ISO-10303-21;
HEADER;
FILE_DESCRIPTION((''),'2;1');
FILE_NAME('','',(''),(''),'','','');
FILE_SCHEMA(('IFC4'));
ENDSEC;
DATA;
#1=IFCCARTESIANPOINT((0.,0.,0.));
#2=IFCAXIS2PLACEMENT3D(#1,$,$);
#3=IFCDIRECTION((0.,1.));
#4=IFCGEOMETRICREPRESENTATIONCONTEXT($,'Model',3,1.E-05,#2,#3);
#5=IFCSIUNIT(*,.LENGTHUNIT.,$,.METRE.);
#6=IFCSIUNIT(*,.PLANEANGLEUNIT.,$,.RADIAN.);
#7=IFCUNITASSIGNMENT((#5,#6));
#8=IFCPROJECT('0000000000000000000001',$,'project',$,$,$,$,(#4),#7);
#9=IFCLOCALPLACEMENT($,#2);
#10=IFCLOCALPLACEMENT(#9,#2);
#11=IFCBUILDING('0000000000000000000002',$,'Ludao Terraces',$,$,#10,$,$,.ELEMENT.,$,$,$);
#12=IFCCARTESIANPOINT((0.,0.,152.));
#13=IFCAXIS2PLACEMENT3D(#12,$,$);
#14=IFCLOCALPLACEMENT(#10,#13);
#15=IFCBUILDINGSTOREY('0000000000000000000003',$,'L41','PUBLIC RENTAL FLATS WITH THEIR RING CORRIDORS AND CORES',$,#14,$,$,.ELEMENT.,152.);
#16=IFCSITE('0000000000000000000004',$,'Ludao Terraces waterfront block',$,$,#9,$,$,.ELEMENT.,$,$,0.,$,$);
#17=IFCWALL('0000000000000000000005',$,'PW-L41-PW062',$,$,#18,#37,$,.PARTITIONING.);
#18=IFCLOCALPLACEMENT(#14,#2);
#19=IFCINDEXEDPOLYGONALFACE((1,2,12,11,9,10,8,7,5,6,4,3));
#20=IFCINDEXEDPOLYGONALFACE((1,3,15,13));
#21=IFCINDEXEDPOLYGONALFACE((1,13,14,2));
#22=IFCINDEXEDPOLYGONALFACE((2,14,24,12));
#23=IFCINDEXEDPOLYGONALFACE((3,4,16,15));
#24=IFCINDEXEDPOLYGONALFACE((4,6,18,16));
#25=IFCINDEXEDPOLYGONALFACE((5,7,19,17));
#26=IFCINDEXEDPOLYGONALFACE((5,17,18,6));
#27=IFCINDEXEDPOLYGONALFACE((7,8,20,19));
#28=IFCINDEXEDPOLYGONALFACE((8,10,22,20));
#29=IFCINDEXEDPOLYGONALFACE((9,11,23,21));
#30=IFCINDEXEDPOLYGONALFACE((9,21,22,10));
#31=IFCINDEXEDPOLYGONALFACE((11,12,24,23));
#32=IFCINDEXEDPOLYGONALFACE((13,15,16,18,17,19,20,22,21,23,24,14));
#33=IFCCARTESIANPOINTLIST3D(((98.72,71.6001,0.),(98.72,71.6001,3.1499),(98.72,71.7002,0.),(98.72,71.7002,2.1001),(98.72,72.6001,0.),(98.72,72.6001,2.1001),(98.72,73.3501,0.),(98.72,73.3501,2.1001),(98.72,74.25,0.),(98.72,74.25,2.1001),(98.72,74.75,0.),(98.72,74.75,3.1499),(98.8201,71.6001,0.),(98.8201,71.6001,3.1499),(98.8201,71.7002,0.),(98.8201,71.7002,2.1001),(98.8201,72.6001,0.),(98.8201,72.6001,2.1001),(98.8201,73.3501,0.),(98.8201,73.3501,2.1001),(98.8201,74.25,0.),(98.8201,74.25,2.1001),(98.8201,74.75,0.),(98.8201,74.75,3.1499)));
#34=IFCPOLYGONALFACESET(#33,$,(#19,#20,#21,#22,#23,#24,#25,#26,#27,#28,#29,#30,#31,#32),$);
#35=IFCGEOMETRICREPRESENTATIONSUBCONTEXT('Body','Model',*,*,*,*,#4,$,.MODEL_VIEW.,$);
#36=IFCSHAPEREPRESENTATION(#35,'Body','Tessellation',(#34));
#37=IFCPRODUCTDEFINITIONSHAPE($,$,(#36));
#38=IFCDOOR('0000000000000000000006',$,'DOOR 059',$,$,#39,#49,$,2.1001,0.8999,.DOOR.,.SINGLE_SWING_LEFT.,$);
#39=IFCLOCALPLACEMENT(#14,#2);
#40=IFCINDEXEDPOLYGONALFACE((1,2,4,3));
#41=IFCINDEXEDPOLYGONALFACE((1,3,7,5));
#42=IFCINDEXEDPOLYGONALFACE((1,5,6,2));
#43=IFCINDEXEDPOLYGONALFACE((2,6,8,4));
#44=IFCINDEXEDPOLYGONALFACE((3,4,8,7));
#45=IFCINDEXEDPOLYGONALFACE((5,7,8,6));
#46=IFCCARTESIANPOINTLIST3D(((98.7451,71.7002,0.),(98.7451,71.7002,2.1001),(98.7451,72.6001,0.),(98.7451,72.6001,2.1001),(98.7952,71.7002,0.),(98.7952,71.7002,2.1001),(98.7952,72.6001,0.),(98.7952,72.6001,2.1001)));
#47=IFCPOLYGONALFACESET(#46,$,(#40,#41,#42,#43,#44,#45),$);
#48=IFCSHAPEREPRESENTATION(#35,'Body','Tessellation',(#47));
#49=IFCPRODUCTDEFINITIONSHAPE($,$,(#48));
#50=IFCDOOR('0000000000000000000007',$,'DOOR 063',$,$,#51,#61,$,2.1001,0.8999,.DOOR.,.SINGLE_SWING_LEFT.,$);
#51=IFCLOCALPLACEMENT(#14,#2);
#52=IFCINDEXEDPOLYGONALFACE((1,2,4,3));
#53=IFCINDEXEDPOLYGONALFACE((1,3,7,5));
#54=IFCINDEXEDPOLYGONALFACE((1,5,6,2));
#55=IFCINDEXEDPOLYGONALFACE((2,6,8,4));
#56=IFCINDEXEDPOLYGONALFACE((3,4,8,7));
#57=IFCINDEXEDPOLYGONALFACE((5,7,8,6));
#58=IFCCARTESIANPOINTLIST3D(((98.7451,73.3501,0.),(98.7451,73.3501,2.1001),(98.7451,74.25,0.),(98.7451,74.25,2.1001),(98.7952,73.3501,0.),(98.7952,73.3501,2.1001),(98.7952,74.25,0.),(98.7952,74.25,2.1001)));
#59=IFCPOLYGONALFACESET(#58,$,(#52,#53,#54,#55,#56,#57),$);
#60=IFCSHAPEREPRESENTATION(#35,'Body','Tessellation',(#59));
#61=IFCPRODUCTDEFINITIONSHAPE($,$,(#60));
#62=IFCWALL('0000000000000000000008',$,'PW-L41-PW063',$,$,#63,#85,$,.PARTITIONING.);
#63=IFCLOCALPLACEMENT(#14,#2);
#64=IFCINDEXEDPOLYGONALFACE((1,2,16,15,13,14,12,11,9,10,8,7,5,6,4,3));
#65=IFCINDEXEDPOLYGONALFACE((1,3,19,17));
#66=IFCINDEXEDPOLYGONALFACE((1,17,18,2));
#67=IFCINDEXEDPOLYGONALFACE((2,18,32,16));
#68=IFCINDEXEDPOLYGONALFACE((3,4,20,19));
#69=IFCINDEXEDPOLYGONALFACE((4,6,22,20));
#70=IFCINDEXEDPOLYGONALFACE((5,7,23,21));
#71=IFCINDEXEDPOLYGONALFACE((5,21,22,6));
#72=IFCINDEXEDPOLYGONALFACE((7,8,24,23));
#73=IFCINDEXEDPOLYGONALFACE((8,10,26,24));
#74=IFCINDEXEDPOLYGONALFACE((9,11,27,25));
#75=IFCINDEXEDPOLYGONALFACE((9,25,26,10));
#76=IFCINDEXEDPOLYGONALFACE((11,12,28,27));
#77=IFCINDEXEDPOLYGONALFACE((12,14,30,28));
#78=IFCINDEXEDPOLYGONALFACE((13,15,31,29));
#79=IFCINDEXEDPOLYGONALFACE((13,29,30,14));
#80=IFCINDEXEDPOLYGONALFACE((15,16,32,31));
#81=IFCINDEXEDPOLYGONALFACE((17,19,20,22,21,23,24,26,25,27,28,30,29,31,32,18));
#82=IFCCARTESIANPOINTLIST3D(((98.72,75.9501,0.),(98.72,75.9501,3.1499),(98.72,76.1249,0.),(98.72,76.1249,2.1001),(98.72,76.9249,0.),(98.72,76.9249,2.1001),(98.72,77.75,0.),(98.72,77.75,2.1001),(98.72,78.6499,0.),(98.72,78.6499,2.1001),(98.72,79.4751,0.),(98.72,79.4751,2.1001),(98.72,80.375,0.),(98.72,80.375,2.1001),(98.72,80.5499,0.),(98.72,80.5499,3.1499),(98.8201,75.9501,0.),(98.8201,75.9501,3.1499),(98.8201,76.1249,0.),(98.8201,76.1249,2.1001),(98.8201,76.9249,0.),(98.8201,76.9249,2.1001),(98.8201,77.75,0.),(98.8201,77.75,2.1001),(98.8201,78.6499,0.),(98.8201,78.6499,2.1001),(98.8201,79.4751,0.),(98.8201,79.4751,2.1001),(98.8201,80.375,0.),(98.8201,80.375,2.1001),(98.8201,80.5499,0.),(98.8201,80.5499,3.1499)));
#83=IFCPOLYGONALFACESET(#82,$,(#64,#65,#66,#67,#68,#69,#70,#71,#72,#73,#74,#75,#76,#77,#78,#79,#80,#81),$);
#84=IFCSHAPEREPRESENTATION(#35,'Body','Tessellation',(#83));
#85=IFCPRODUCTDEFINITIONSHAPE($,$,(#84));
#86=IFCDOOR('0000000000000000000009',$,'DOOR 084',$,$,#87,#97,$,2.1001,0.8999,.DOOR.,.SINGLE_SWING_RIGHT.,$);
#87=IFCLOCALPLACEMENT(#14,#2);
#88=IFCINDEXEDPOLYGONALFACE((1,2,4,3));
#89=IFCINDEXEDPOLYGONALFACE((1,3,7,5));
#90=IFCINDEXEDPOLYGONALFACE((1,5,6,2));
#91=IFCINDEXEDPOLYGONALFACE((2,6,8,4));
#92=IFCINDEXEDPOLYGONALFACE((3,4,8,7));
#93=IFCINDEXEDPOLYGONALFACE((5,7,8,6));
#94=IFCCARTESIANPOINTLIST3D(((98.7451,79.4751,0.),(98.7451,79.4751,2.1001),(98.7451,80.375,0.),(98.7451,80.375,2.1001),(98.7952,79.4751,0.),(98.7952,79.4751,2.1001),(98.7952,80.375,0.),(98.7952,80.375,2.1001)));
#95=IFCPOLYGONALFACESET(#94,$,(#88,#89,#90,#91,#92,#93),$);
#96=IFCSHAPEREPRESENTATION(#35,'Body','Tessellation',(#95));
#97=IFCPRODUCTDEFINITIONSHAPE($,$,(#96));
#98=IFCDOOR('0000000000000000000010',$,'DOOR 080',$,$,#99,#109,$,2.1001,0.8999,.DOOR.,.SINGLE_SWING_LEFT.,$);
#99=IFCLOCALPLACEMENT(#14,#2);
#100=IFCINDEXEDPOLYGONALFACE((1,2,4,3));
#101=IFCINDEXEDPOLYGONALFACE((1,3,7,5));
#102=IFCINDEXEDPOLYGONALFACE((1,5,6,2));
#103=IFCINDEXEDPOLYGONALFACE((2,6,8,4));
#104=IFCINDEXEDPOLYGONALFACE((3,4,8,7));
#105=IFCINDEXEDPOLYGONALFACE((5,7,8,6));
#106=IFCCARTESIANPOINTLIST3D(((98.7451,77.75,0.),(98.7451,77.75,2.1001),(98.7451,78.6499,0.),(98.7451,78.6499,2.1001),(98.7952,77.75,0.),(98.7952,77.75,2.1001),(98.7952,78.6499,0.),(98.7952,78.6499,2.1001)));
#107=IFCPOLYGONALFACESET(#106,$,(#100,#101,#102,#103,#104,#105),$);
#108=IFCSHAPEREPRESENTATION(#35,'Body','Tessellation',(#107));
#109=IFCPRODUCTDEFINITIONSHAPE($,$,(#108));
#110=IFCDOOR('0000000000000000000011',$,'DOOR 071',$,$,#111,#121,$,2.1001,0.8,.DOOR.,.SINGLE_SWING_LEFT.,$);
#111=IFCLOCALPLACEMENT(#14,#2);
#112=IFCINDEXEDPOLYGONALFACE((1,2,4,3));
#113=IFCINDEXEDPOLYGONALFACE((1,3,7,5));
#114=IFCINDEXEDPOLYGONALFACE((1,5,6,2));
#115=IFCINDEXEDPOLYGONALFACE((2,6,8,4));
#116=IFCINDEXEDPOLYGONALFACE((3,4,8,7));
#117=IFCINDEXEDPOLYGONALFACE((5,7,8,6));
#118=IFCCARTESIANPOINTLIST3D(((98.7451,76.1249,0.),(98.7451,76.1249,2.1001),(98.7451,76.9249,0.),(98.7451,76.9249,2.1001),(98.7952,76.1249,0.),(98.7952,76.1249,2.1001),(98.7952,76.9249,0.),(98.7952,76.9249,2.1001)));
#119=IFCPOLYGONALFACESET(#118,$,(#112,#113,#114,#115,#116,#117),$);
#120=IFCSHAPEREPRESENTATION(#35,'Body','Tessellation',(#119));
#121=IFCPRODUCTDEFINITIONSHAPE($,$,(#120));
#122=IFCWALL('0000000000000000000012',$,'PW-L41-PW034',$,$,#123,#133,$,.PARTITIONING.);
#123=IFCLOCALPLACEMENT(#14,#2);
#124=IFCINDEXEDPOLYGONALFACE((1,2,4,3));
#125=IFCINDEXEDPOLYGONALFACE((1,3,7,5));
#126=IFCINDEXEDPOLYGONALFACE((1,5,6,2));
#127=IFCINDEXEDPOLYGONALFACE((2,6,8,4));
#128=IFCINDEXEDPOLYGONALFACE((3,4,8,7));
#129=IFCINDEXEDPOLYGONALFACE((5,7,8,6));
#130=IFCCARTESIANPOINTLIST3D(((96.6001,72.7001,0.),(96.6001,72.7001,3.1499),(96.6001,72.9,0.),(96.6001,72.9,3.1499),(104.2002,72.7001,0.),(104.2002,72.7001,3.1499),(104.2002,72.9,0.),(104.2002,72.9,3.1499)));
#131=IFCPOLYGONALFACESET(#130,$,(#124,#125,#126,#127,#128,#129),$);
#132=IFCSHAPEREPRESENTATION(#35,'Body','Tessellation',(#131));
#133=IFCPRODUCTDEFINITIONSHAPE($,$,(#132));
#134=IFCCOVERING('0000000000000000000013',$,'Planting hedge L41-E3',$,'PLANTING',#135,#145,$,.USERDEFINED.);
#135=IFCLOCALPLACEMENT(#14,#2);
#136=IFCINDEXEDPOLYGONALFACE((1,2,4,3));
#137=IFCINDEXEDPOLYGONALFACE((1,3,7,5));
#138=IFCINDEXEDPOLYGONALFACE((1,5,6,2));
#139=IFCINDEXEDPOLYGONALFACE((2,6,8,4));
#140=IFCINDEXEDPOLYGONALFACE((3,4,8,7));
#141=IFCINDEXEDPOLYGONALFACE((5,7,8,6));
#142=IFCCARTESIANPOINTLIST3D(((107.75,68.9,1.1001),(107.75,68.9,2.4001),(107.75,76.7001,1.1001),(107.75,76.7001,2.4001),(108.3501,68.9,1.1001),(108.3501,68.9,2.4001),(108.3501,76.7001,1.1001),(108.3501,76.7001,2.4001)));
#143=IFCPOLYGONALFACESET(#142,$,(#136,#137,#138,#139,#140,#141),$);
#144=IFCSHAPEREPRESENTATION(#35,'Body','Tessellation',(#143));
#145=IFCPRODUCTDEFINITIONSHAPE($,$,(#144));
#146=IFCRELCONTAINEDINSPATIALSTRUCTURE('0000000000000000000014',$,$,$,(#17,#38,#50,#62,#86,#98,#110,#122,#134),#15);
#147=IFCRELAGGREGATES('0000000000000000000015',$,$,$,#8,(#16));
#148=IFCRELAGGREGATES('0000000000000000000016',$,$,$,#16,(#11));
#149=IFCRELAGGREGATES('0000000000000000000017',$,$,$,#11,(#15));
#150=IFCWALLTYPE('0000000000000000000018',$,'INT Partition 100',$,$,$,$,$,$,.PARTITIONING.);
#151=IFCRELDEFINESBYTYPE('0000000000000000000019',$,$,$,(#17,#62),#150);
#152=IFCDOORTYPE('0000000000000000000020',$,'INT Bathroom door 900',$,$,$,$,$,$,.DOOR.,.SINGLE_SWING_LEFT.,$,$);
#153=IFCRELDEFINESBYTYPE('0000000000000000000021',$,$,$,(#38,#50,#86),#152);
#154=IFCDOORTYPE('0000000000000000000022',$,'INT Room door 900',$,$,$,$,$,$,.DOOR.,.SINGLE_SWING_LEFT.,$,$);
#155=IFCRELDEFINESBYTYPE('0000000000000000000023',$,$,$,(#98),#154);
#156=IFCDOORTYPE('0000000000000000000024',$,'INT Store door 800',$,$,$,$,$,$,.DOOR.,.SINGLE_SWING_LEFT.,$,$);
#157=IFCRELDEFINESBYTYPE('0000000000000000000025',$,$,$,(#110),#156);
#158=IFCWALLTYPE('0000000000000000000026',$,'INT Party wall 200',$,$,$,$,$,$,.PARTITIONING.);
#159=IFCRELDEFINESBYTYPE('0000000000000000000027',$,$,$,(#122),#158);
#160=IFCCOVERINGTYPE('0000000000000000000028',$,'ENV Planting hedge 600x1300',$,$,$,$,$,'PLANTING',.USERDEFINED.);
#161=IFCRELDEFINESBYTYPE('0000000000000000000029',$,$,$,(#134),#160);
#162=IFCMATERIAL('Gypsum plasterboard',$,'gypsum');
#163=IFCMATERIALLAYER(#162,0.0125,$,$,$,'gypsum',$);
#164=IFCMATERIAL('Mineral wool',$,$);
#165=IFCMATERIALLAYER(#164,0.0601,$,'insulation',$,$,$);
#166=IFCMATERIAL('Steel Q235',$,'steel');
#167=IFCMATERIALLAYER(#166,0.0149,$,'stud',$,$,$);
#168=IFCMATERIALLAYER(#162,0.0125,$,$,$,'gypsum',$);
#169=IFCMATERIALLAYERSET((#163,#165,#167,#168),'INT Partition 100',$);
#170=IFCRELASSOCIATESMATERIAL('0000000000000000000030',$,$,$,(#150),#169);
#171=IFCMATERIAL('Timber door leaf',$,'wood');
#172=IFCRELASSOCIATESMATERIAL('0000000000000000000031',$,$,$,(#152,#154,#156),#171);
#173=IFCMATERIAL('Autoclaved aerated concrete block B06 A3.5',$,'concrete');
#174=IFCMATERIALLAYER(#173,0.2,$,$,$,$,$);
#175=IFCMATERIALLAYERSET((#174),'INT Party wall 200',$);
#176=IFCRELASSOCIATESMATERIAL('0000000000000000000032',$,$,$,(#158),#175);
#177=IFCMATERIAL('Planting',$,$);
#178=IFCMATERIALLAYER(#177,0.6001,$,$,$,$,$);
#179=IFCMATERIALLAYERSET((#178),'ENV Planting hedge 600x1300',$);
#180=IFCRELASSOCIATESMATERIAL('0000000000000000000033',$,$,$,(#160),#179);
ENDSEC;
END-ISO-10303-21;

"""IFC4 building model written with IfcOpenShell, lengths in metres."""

from ifc_helpers import new_model, si_unit, direction, frame, frame_2d, origin, origin_2d, place, context, subcontext, project, spatial, rectangle, extrude, material, layer, layer_set, type_object, element, fill, save


model = new_model("IFC4")

# Units and contexts
model_context = context("Model", 3, precision=1e-05, world=origin(), true_north=direction((0.0, 1.0)))
body_context = subcontext(model_context, "Body", "Model", "MODEL_VIEW")
ifc_project = project(units=[si_unit("LENGTHUNIT", "METRE"), si_unit("PLANEANGLEUNIT", "RADIAN")], contexts=[model_context])

# Site, building, storey
site_placement = place(None, origin())
site = spatial("IfcSite", under=ifc_project, at=site_placement, Name="Ludao Terraces waterfront block", CompositionType="ELEMENT", RefElevation=0.0)
building_placement = place(site_placement, origin())
building = spatial("IfcBuilding", under=site, at=building_placement, Name="Ludao Terraces", CompositionType="ELEMENT")
storey_placement = place(building_placement, frame((0.0, 0.0, 152.0)))
storey = spatial("IfcBuildingStorey", under=building, at=storey_placement, Name="L41", Description="PUBLIC RENTAL FLATS WITH THEIR RING CORRIDORS AND CORES", CompositionType="ELEMENT", Elevation=152.0)

# Shared definitions
ifc_material_1 = material(Name="Mineral wool")

# Shared definitions
ifc_material_2 = material(Name="Gypsum plasterboard", Category="gypsum")
ifc_layer_1 = layer(ifc_material_2, 0.0125, Category="gypsum")
ifc_layer_2 = layer(ifc_material_1, 0.0601, Name="insulation")
ifc_material_3 = material(Name="Steel Q235", Category="steel")
ifc_layer_3 = layer(ifc_material_3, 0.0149, Name="stud")
ifc_layer_4 = layer(ifc_material_2, 0.0125, Category="gypsum")
ifc_layer_set_1 = layer_set([ifc_layer_1, ifc_layer_2, ifc_layer_3, ifc_layer_4], Name="INT Partition 100")
wall_type_1 = type_object("IfcWallType", Name="INT Partition 100", PredefinedType="PARTITIONING", material=ifc_layer_set_1)

# Walls, openings, doors
wall_1_placement = place(storey_placement, frame((98.77, 71.6001, 0.0), z_axis=(0.0, 0.0, 1.0), x_axis=(0.0, 1.0, 0.0)))
wall_1 = element("IfcWall", 1, at=wall_1_placement, inside=storey, type_object=wall_type_1, Name="PW-L41-PW062", PredefinedType="PARTITIONING", context=body_context, shape_type="SweptSolid", body=[
    extrude(rectangle(XDim=3.1499, YDim=0.1001, at=frame_2d((1.575, 0.0))), origin(), (0.0, 0.0, 1.0), 3.1499),
])
opening_1_placement = place(wall_1_placement, frame((0.1001, 0.0, 0.0)))
opening_1 = element("IfcOpeningElement", 2, at=opening_1_placement, cuts=wall_1, PredefinedType="OPENING", context=body_context, shape_type="SweptSolid", body=[
    extrude(rectangle(XDim=0.8999, YDim=2.1001, at=frame_2d((0.45, 1.05))), frame((0.0, 0.0601, 0.0), z_axis=(0.0, -1.0, 0.0), x_axis=(1.0, 0.0, 0.0)), (0.0, 0.0, 1.0), 0.1201),
])
opening_2_placement = place(wall_1_placement, frame((1.75, 0.0, 0.0)))
opening_2 = element("IfcOpeningElement", 3, at=opening_2_placement, cuts=wall_1, PredefinedType="OPENING", context=body_context, shape_type="SweptSolid", body=[
    extrude(rectangle(XDim=0.8999, YDim=2.1001, at=frame_2d((0.45, 1.05))), frame((0.0, 0.0601, 0.0), z_axis=(0.0, -1.0, 0.0), x_axis=(1.0, 0.0, 0.0)), (0.0, 0.0, 1.0), 0.1201),
])
ifc_material_4 = material(Name="Timber door leaf", Category="wood")
door_type_1 = type_object("IfcDoorType", Name="INT Bathroom door 900", OperationType="SINGLE_SWING_LEFT", PredefinedType="DOOR", material=ifc_material_4)
door_1_placement = place(opening_1_placement, origin())
door_1 = element("IfcDoor", 4, at=door_1_placement, inside=storey, type_object=door_type_1, Name="DOOR 059", OperationType="SINGLE_SWING_LEFT", OverallHeight=2.1001, OverallWidth=0.8999, PredefinedType="DOOR", context=body_context, shape_type="SweptSolid", body=[
    extrude(rectangle(XDim=0.8999, YDim=2.1001, at=frame_2d((0.45, 1.05))), frame((0.0, 0.0249, 0.0), z_axis=(0.0, -1.0, 0.0), x_axis=(1.0, 0.0, 0.0)), (0.0, 0.0, 1.0), 0.05),
])
fill(opening_1, door_1)
door_2_placement = place(opening_2_placement, origin())
door_2 = element("IfcDoor", 5, at=door_2_placement, inside=storey, type_object=door_type_1, Name="DOOR 063", OperationType="SINGLE_SWING_LEFT", OverallHeight=2.1001, OverallWidth=0.8999, PredefinedType="DOOR", context=body_context, shape_type="SweptSolid", body=[
    extrude(rectangle(XDim=0.8999, YDim=2.1001, at=frame_2d((0.45, 1.05))), frame((0.0, 0.0249, 0.0), z_axis=(0.0, -1.0, 0.0), x_axis=(1.0, 0.0, 0.0)), (0.0, 0.0, 1.0), 0.05),
])
fill(opening_2, door_2)
wall_2_placement = place(storey_placement, frame((98.77, 75.9502, 0.0), z_axis=(0.0, 0.0, 1.0), x_axis=(0.0, 1.0, 0.0)))
wall_2 = element("IfcWall", 6, at=wall_2_placement, inside=storey, type_object=wall_type_1, Name="PW-L41-PW063", PredefinedType="PARTITIONING", context=body_context, shape_type="SweptSolid", body=[
    extrude(rectangle(XDim=4.5999, YDim=0.1001, at=frame_2d((2.2998, 0.0))), origin(), (0.0, 0.0, 1.0), 3.1499),
])
opening_3_placement = place(wall_2_placement, frame((0.1748, 0.0, 0.0)))
opening_3 = element("IfcOpeningElement", 7, at=opening_3_placement, cuts=wall_2, PredefinedType="OPENING", context=body_context, shape_type="SweptSolid", body=[
    extrude(rectangle(XDim=0.8, YDim=2.1001, at=frame_2d((0.3999, 1.05))), frame((0.0, 0.0601, 0.0), z_axis=(0.0, -1.0, 0.0), x_axis=(1.0, 0.0, 0.0)), (0.0, 0.0, 1.0), 0.1201),
])
opening_4_placement = place(wall_2_placement, frame((1.7998, 0.0, 0.0)))
opening_4 = element("IfcOpeningElement", 8, at=opening_4_placement, cuts=wall_2, PredefinedType="OPENING", context=body_context, shape_type="SweptSolid", body=[
    extrude(rectangle(XDim=0.8999, YDim=2.1001, at=frame_2d((0.45, 1.05))), frame((0.0, 0.0601, 0.0), z_axis=(0.0, -1.0, 0.0), x_axis=(1.0, 0.0, 0.0)), (0.0, 0.0, 1.0), 0.1201),
])
opening_5_placement = place(wall_2_placement, frame((3.5249, 0.0, 0.0)))
opening_5 = element("IfcOpeningElement", 9, at=opening_5_placement, cuts=wall_2, PredefinedType="OPENING", context=body_context, shape_type="SweptSolid", body=[
    extrude(rectangle(XDim=0.8999, YDim=2.1001, at=frame_2d((0.45, 1.05))), frame((0.0, 0.0601, 0.0), z_axis=(0.0, -1.0, 0.0), x_axis=(1.0, 0.0, 0.0)), (0.0, 0.0, 1.0), 0.1201),
])
door_3_placement = place(opening_5_placement, origin())
door_3 = element("IfcDoor", 10, at=door_3_placement, inside=storey, type_object=door_type_1, Name="DOOR 084", OperationType="SINGLE_SWING_RIGHT", OverallHeight=2.1001, OverallWidth=0.8999, PredefinedType="DOOR", context=body_context, shape_type="SweptSolid", body=[
    extrude(rectangle(XDim=0.8999, YDim=2.1001, at=frame_2d((0.45, 1.05))), frame((0.0, 0.0249, 0.0), z_axis=(0.0, -1.0, 0.0), x_axis=(1.0, 0.0, 0.0)), (0.0, 0.0, 1.0), 0.05),
])
fill(opening_5, door_3)
door_type_2 = type_object("IfcDoorType", Name="INT Room door 900", OperationType="SINGLE_SWING_LEFT", PredefinedType="DOOR", material=ifc_material_4)
door_4_placement = place(opening_4_placement, origin())
door_4 = element("IfcDoor", 11, at=door_4_placement, inside=storey, type_object=door_type_2, Name="DOOR 080", OperationType="SINGLE_SWING_LEFT", OverallHeight=2.1001, OverallWidth=0.8999, PredefinedType="DOOR", context=body_context, shape_type="SweptSolid", body=[
    extrude(rectangle(XDim=0.8999, YDim=2.1001, at=frame_2d((0.45, 1.05))), frame((0.0, 0.0249, 0.0), z_axis=(0.0, -1.0, 0.0), x_axis=(1.0, 0.0, 0.0)), (0.0, 0.0, 1.0), 0.05),
])
fill(opening_4, door_4)
door_type_3 = type_object("IfcDoorType", Name="INT Store door 800", OperationType="SINGLE_SWING_LEFT", PredefinedType="DOOR", material=ifc_material_4)
door_5_placement = place(opening_3_placement, origin())
door_5 = element("IfcDoor", 12, at=door_5_placement, inside=storey, type_object=door_type_3, Name="DOOR 071", OperationType="SINGLE_SWING_LEFT", OverallHeight=2.1001, OverallWidth=0.8, PredefinedType="DOOR", context=body_context, shape_type="SweptSolid", body=[
    extrude(rectangle(XDim=0.8, YDim=2.1001, at=frame_2d((0.3999, 1.05))), frame((0.0, 0.0249, 0.0), z_axis=(0.0, -1.0, 0.0), x_axis=(1.0, 0.0, 0.0)), (0.0, 0.0, 1.0), 0.05),
])
fill(opening_3, door_5)

# Wall
ifc_material_5 = material(Name="Autoclaved aerated concrete block B06 A3.5", Category="concrete")
ifc_layer_5 = layer(ifc_material_5, 0.2)
ifc_layer_set_2 = layer_set([ifc_layer_5], Name="INT Party wall 200")
wall_type_2 = type_object("IfcWallType", Name="INT Party wall 200", PredefinedType="PARTITIONING", material=ifc_layer_set_2)
wall_3_placement = place(storey_placement, frame((96.6001, 72.8, 0.0), z_axis=(0.0, 0.0, 1.0), x_axis=(1.0, 0.0, 0.0)))
element("IfcWall", 13, at=wall_3_placement, inside=storey, type_object=wall_type_2, Name="PW-L41-PW034", PredefinedType="PARTITIONING", context=body_context, shape_type="SweptSolid", body=[
    extrude(rectangle(XDim=7.6001, YDim=0.2, at=frame_2d((3.8, 0.0))), origin(), (0.0, 0.0, 1.0), 3.1499),
])

# Covering
ifc_material_6 = material(Name="Planting")
ifc_layer_6 = layer(ifc_material_6, 0.6001)
ifc_layer_set_3 = layer_set([ifc_layer_6], Name="ENV Planting hedge 600x1300")
covering_type = type_object("IfcCoveringType", Name="ENV Planting hedge 600x1300", ElementType="PLANTING", PredefinedType="USERDEFINED", material=ifc_layer_set_3)
covering_placement = place(storey_placement, frame((108.05, 72.8, 1.1001), z_axis=(0.0, 0.0, 1.0), x_axis=(1.0, 0.0, 0.0)))
element("IfcCovering", 14, at=covering_placement, inside=storey, type_object=covering_type, Name="Planting hedge L41-E3", ObjectType="PLANTING", PredefinedType="USERDEFINED", context=body_context, shape_type="SweptSolid", body=[
    extrude(rectangle(XDim=0.6001, YDim=7.8, at=origin_2d()), origin(), (0.0, 0.0, 1.0), 1.3),
])

save(model, "model.ifc")
